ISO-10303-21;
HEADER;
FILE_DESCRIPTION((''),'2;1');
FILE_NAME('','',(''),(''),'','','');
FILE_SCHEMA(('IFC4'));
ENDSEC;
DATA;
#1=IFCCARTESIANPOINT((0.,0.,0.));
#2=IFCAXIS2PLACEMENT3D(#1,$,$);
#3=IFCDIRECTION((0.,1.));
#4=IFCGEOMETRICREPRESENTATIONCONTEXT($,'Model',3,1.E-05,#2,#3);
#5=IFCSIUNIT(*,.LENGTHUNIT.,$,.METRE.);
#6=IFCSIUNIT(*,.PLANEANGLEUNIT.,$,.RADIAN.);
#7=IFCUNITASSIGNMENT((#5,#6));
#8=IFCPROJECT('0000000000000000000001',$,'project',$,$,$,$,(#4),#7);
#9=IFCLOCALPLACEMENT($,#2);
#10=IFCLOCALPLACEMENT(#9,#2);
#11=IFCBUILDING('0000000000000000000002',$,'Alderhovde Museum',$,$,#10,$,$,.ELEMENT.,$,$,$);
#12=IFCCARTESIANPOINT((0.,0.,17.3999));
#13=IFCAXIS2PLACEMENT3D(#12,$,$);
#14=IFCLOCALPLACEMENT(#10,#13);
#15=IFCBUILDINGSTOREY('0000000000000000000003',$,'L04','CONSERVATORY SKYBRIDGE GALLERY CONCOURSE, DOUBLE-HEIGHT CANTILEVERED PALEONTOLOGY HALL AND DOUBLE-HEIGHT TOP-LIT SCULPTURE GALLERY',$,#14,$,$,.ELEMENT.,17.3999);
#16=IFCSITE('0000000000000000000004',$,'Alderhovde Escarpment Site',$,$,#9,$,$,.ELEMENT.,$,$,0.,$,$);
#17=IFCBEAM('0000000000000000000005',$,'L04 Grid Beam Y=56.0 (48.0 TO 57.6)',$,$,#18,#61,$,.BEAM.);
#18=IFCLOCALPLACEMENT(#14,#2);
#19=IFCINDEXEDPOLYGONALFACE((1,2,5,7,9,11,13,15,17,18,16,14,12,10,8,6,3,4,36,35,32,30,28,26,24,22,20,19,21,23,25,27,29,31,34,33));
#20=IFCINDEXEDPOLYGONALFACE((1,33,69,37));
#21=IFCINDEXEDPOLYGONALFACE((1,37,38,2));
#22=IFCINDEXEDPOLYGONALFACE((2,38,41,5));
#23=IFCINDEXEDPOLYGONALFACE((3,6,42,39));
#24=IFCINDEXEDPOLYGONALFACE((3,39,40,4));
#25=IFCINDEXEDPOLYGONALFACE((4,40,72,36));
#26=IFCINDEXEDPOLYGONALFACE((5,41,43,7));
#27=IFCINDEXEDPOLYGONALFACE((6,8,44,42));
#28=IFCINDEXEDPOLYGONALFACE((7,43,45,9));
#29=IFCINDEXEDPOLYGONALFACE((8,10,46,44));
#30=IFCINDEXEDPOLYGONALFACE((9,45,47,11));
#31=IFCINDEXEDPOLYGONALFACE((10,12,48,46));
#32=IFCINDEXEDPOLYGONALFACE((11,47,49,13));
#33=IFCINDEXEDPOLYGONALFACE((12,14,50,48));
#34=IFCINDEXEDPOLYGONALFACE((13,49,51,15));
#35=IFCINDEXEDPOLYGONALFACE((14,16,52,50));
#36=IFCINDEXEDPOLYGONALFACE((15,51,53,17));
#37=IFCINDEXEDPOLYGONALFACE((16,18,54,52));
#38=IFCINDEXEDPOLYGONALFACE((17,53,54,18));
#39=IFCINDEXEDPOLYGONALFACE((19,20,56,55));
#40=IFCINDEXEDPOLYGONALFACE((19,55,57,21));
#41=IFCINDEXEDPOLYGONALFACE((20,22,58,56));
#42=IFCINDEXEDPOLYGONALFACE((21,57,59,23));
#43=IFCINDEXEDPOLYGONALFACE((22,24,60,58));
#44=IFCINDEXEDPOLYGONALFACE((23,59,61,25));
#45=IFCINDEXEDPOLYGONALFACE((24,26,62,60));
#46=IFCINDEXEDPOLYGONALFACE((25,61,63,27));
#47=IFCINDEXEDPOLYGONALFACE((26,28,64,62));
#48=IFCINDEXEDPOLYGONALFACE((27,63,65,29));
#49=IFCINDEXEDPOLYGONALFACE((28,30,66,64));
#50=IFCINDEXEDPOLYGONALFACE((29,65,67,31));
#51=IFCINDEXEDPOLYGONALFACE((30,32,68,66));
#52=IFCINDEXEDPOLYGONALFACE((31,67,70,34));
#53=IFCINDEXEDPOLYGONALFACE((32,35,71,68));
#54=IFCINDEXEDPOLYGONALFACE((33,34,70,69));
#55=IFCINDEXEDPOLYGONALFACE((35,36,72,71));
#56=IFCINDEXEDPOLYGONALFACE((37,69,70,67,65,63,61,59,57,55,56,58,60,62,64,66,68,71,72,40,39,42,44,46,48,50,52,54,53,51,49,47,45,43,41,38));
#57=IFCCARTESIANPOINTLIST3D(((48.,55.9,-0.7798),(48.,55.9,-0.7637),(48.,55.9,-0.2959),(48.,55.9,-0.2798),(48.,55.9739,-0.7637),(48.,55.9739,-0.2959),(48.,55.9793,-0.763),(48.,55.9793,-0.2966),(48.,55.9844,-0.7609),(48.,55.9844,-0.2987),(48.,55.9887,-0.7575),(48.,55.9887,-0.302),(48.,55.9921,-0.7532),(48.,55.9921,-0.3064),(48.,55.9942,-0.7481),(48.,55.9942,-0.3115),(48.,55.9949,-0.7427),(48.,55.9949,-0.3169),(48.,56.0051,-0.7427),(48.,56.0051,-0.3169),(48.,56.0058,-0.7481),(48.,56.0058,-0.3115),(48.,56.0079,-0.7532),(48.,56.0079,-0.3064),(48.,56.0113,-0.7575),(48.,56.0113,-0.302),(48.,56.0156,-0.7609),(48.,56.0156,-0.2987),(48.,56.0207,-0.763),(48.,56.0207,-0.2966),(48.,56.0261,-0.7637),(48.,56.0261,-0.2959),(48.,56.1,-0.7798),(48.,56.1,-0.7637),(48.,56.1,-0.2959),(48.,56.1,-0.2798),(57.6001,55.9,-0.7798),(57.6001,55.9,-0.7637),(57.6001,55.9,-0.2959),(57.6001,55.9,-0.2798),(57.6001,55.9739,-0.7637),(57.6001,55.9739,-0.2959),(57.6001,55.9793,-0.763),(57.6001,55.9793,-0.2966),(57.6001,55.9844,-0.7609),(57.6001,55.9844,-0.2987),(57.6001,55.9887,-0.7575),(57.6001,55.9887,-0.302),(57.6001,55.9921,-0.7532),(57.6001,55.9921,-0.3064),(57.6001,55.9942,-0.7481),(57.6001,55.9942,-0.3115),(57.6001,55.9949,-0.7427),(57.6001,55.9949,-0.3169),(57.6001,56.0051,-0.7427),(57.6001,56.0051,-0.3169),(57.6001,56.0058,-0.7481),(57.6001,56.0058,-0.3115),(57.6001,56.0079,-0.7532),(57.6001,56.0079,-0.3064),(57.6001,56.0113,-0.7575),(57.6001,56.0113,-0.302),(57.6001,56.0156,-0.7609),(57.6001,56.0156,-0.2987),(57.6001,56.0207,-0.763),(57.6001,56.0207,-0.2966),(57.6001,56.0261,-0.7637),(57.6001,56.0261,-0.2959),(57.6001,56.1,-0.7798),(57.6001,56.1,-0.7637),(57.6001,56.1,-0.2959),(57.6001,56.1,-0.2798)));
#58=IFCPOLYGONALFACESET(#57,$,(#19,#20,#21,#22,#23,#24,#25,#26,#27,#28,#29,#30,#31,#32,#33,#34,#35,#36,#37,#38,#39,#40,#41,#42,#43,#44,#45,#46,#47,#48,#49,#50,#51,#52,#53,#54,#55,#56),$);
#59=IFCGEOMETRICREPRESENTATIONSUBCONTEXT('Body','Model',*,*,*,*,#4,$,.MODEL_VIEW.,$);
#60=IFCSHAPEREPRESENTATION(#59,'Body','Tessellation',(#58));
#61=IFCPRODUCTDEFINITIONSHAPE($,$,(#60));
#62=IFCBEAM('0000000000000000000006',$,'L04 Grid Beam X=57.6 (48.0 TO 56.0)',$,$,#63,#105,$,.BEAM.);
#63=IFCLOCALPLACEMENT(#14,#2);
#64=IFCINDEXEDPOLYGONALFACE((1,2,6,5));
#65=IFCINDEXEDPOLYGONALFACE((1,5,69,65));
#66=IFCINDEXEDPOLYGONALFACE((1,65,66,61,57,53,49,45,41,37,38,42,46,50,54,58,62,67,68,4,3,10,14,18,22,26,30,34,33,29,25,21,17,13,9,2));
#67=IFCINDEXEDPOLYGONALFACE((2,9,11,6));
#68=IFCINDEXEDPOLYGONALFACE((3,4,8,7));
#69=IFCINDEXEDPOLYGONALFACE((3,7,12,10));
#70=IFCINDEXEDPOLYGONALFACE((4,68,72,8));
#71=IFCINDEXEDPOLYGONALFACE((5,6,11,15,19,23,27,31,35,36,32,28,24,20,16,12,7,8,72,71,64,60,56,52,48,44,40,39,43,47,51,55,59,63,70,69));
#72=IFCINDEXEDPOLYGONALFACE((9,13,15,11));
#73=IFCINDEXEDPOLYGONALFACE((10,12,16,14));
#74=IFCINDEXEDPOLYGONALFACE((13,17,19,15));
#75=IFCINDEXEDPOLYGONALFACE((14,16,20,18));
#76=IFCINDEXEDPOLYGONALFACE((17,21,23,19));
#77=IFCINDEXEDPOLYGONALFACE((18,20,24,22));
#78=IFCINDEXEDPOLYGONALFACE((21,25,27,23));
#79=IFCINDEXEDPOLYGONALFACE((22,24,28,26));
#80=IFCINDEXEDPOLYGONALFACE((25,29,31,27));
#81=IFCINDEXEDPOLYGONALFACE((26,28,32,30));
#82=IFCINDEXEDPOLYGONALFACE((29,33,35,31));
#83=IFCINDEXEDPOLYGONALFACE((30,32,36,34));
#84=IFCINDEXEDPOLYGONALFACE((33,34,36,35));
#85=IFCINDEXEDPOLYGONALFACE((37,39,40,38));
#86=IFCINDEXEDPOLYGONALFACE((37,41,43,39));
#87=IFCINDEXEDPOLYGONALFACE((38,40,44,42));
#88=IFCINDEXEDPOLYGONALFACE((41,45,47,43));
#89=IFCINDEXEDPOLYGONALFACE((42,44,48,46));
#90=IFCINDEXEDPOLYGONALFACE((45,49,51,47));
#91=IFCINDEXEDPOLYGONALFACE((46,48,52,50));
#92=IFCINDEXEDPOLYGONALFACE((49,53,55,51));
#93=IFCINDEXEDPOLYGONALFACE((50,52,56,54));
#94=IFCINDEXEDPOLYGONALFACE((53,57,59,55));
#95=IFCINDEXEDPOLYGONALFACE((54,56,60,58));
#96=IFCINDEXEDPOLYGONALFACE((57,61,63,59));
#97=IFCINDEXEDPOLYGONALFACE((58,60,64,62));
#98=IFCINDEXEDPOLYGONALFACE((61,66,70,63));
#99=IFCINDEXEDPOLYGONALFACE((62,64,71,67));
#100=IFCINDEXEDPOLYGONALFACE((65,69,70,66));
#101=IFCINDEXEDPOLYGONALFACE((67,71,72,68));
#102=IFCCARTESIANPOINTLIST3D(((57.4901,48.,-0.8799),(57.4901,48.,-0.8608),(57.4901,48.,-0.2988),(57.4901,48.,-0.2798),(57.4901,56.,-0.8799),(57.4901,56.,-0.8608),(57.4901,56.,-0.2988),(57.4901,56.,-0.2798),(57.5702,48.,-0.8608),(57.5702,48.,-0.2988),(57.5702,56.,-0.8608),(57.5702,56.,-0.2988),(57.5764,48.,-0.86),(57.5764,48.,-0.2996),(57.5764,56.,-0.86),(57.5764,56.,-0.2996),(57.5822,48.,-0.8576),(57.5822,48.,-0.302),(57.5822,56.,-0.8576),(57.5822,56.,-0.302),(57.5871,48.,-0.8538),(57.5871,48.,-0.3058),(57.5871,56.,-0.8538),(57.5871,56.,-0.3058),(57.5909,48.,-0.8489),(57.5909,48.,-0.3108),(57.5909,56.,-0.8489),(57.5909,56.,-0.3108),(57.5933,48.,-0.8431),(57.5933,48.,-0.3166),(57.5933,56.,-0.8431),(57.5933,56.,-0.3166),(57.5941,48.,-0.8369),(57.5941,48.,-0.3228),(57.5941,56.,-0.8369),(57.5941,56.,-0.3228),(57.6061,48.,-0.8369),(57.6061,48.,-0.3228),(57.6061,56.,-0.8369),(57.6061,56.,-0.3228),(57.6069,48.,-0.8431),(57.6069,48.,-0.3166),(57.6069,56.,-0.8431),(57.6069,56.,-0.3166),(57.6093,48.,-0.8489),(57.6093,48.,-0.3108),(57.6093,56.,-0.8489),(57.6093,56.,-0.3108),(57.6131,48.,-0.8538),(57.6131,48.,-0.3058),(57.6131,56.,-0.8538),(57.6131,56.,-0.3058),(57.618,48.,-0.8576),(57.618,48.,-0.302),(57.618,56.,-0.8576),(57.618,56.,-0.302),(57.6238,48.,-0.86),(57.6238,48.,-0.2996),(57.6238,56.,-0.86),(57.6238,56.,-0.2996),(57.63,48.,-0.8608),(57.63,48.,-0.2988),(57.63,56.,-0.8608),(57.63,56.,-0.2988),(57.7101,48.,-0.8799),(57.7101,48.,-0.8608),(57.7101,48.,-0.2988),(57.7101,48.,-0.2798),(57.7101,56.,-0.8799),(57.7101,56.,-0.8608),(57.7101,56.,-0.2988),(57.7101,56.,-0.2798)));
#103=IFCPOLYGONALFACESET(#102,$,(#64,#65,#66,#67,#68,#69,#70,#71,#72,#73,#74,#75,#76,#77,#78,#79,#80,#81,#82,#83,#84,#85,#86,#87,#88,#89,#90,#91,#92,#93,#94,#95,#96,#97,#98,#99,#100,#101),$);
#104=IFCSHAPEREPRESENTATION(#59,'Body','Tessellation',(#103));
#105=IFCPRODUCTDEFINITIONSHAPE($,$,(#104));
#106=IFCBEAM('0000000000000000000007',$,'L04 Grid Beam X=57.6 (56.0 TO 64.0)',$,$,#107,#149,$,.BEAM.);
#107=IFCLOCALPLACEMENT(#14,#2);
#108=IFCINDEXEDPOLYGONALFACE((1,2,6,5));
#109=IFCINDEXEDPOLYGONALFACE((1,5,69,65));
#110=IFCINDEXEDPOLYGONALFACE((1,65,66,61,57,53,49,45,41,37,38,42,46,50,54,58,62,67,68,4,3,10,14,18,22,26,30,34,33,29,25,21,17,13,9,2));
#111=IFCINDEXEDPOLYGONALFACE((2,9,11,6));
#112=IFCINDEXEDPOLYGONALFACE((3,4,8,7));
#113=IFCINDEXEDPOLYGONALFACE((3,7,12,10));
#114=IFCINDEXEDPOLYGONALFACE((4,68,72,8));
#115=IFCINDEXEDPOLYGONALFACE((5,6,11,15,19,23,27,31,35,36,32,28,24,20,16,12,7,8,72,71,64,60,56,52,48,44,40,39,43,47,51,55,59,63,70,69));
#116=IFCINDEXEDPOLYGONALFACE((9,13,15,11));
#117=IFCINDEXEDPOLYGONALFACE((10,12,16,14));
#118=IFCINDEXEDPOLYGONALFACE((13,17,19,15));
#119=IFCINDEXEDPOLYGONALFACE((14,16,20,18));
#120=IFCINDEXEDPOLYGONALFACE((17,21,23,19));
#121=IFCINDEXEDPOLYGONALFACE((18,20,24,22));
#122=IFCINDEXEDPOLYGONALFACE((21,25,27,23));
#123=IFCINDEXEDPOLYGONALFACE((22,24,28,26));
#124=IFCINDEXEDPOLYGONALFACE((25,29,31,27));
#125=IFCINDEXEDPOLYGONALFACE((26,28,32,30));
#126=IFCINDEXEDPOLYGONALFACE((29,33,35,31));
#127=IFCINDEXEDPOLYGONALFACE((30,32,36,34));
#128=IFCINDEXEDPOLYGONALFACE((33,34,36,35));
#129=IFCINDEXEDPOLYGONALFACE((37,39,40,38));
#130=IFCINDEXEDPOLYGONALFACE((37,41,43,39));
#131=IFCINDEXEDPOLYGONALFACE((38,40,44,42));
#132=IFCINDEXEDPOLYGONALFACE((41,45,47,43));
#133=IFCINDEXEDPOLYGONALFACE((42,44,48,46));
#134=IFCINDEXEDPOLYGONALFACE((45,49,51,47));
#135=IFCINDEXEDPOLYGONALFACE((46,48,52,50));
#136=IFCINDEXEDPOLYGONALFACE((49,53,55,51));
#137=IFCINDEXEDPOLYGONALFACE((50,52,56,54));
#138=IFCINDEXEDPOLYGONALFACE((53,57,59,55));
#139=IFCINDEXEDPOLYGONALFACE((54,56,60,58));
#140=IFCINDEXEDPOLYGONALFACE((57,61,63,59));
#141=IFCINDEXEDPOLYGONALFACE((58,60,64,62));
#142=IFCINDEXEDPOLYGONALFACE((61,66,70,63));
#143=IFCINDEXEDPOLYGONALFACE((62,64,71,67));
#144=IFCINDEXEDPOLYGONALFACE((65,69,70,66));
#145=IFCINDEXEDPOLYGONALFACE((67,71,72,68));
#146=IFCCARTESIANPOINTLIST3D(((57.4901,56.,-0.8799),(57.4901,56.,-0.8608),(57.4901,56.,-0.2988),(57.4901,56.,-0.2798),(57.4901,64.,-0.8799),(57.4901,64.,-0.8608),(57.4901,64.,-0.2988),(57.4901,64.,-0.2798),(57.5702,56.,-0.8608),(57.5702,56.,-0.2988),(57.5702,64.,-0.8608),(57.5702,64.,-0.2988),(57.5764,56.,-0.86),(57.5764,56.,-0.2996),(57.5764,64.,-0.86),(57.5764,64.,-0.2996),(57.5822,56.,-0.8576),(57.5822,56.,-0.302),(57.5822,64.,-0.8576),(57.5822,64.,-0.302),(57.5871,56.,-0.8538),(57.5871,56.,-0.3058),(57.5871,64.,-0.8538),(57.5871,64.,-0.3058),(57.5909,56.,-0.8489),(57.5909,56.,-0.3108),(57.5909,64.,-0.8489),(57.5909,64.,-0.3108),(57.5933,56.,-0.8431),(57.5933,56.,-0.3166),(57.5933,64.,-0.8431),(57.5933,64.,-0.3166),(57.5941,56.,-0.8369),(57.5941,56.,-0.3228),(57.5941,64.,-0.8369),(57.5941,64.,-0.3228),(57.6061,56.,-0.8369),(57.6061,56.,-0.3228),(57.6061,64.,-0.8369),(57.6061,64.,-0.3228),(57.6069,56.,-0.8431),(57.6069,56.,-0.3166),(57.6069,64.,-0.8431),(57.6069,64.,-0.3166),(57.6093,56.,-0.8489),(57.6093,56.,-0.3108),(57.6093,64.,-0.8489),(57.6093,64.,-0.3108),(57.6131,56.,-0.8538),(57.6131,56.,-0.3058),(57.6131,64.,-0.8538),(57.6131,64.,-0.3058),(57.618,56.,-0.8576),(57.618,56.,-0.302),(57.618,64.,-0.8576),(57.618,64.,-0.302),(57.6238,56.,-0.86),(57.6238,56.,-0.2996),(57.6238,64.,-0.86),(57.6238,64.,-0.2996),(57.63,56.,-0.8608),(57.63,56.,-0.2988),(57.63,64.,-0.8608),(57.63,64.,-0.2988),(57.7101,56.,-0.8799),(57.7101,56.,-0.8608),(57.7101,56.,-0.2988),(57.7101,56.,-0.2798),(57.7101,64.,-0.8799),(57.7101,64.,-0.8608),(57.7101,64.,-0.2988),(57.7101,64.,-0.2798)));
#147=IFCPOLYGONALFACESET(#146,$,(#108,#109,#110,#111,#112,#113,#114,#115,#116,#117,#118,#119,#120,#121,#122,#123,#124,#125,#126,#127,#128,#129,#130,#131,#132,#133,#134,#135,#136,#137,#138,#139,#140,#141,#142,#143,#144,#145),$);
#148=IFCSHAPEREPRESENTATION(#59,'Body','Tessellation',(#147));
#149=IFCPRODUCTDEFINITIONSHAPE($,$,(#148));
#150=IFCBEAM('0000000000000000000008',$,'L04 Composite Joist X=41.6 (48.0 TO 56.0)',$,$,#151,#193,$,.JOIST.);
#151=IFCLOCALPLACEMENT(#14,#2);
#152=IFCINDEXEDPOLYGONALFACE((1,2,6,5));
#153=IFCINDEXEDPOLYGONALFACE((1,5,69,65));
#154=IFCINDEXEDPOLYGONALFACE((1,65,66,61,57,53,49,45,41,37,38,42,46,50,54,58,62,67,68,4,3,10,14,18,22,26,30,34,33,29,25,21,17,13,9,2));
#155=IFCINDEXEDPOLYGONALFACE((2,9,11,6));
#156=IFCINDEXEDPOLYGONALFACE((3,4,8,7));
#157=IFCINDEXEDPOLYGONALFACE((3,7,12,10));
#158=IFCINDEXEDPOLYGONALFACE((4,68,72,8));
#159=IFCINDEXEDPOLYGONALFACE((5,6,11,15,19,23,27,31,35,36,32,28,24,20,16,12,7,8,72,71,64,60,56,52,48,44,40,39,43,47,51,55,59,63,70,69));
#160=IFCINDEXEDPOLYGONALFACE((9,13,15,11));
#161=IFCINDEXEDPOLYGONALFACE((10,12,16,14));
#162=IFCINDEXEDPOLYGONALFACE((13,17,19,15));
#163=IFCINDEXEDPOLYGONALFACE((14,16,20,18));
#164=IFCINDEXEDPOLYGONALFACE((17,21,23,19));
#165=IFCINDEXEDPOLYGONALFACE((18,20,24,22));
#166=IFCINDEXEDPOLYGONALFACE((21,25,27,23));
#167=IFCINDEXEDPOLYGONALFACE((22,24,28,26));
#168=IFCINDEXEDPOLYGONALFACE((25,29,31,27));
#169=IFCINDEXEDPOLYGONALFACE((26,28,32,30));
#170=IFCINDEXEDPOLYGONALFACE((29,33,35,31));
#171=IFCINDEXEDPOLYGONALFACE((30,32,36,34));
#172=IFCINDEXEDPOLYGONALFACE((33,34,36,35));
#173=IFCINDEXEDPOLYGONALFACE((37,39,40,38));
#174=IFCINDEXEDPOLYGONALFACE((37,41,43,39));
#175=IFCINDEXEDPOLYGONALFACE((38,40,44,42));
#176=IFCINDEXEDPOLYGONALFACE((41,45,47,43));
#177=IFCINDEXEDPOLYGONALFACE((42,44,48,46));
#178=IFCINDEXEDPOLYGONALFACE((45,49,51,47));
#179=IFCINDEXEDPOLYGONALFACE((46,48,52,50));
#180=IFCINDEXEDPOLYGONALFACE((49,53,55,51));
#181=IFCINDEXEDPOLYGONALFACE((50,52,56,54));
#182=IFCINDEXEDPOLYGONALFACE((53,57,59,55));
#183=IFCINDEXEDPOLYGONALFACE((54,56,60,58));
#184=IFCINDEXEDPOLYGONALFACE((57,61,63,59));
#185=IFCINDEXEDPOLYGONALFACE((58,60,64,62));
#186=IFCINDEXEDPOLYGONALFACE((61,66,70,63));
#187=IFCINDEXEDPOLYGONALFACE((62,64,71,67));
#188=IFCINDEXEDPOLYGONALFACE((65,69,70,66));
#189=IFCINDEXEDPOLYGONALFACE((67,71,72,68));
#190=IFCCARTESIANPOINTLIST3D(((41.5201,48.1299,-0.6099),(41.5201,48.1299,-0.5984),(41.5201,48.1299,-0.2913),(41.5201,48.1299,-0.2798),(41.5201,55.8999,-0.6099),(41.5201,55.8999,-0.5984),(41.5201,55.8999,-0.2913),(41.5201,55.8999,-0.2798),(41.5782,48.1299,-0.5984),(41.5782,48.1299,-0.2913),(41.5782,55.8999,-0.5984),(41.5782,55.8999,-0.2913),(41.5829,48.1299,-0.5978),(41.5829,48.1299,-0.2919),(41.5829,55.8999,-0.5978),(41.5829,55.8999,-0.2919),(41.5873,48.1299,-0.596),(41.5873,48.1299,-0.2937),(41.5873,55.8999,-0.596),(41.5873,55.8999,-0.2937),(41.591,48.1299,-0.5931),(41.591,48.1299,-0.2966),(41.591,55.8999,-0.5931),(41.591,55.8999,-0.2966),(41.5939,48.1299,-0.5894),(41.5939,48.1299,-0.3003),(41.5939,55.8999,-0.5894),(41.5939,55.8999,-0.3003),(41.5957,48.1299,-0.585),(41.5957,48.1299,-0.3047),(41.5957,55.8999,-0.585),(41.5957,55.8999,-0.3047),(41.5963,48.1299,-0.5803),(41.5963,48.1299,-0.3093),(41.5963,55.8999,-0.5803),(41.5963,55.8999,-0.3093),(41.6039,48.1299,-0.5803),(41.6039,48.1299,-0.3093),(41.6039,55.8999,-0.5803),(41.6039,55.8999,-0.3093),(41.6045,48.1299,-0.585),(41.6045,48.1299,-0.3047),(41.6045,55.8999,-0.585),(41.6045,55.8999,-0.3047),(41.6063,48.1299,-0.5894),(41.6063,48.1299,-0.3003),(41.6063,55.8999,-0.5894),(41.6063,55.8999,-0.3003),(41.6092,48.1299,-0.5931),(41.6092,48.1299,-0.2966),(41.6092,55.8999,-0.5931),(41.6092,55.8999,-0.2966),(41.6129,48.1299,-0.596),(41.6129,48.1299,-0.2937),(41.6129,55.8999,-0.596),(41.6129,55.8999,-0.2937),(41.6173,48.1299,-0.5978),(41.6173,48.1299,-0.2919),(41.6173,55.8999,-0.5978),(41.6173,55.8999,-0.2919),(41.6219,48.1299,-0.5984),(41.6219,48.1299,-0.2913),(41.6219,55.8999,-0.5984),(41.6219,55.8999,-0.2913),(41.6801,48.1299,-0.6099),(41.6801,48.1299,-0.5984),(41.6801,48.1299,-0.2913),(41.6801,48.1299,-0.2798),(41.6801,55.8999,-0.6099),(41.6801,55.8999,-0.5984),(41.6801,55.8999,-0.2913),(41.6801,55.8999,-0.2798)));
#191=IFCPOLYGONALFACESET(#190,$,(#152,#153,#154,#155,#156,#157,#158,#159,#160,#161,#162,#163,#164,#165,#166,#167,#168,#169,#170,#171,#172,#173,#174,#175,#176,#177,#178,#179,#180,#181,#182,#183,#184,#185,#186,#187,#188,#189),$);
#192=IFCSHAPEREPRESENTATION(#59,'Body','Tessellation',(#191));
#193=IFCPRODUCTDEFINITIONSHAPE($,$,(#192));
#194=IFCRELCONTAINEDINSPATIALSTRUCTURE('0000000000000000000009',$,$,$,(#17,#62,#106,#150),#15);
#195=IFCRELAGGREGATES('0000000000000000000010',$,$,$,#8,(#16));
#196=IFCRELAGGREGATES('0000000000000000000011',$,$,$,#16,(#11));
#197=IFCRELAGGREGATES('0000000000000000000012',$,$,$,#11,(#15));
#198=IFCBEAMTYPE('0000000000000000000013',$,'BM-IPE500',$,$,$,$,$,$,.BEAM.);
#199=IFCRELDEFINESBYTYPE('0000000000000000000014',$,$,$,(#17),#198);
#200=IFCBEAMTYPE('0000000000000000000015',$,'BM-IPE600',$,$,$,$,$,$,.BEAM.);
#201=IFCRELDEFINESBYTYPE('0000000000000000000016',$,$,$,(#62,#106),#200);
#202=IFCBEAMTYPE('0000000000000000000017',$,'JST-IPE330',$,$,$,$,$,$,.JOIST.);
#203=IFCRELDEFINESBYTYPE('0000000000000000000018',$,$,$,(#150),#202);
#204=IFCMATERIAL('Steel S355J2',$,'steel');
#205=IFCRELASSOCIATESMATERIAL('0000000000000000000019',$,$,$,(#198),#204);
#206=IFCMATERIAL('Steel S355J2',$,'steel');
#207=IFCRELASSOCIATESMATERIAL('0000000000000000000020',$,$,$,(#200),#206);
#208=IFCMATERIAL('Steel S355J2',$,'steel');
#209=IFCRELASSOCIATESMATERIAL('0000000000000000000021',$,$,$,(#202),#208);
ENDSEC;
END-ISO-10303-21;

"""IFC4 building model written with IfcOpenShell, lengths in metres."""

from ifc_helpers import new_model, si_unit, direction, frame, origin, origin_2d, place, context, subcontext, project, spatial, i_section, extrude, material, material_profile, profile_set, type_object, element, save


model = new_model("IFC4")

# Units and contexts
model_context = context("Model", 3, precision=1e-05, world=origin(), true_north=direction((0.0, 1.0)))
body_context = subcontext(model_context, "Body", "Model", "MODEL_VIEW")
ifc_project = project(units=[si_unit("LENGTHUNIT", "METRE"), si_unit("PLANEANGLEUNIT", "RADIAN")], contexts=[model_context])

# Site, building, storey
site_placement = place(None, origin())
site = spatial("IfcSite", under=ifc_project, at=site_placement, Name="Alderhovde Escarpment Site", CompositionType="ELEMENT", RefElevation=0.0)
building_placement = place(site_placement, origin())
building = spatial("IfcBuilding", under=site, at=building_placement, Name="Alderhovde Museum", CompositionType="ELEMENT")
storey_placement = place(building_placement, frame((0.0, 0.0, 17.3999)))
storey = spatial("IfcBuildingStorey", under=building, at=storey_placement, Name="L04", Description="CONSERVATORY SKYBRIDGE GALLERY CONCOURSE, DOUBLE-HEIGHT CANTILEVERED PALEONTOLOGY HALL AND DOUBLE-HEIGHT TOP-LIT SCULPTURE GALLERY", CompositionType="ELEMENT", Elevation=17.3999)

# Beams
ifc_material_1 = material(Name="Steel S355J2", Category="steel")
ifc_material_profile_1 = material_profile(ifc_material_1, i_section(OverallWidth=0.2, OverallDepth=0.5, WebThickness=0.0103, FlangeThickness=0.0161, FilletRadius=0.021, at=origin_2d()), Name="IPE 500")
ifc_profile_set_1 = profile_set([ifc_material_profile_1], Name="Steel S355J2")
beam_type_1 = type_object("IfcBeamType", Name="BM-IPE500", PredefinedType="BEAM", material=ifc_profile_set_1)
beam_1_placement = place(storey_placement, frame((48.0, 56.0, -0.5298), z_axis=(1.0, 0.0, 0.0), x_axis=(0.0, 1.0, 0.0)))
element("IfcBeam", 1, at=beam_1_placement, inside=storey, type_object=beam_type_1, Name="L04 Grid Beam Y=56.0 (48.0 TO 57.6)", PredefinedType="BEAM", context=body_context, shape_type="SweptSolid", body=[
    extrude(i_section(OverallWidth=0.2, OverallDepth=0.5, WebThickness=0.0103, FlangeThickness=0.0161, FilletRadius=0.021, at=origin_2d()), origin(), (0.0, 0.0, 1.0), 9.6001),
])
ifc_material_2 = material(Name="Steel S355J2", Category="steel")
ifc_material_profile_2 = material_profile(ifc_material_2, i_section(OverallWidth=0.22, OverallDepth=0.6001, WebThickness=0.012, FlangeThickness=0.019, FilletRadius=0.0239, at=origin_2d()), Name="IPE 600")
ifc_profile_set_2 = profile_set([ifc_material_profile_2], Name="Steel S355J2")
beam_type_2 = type_object("IfcBeamType", Name="BM-IPE600", PredefinedType="BEAM", material=ifc_profile_set_2)
for number, where, z_axis, x_axis, name in (
    (2, (57.6001, 48.0, -0.5798), (0.0, 1.0, 0.0), (-1.0, 0.0, 0.0), "L04 Grid Beam X=57.6 (48.0 TO 56.0)"),
    (3, (57.6001, 56.0, -0.5798), (0.0, 1.0, 0.0), (-1.0, 0.0, 0.0), "L04 Grid Beam X=57.6 (56.0 TO 64.0)"),
):
    element("IfcBeam", number, at=place(storey_placement, frame(where, z_axis=z_axis, x_axis=x_axis)), inside=storey, type_object=beam_type_2, Name=name, PredefinedType="BEAM", context=body_context, shape_type="SweptSolid", body=[
        extrude(i_section(OverallWidth=0.22, OverallDepth=0.6001, WebThickness=0.012, FlangeThickness=0.019, FilletRadius=0.0239, at=origin_2d()), origin(), (0.0, 0.0, 1.0), 8.0),
    ])
ifc_material_3 = material(Name="Steel S355J2", Category="steel")
ifc_material_profile_3 = material_profile(ifc_material_3, i_section(OverallWidth=0.1599, OverallDepth=0.3301, WebThickness=0.0076, FlangeThickness=0.0115, FilletRadius=0.0181, at=origin_2d()), Name="IPE 330")
ifc_profile_set_3 = profile_set([ifc_material_profile_3], Name="Steel S355J2")
beam_type_3 = type_object("IfcBeamType", Name="JST-IPE330", PredefinedType="JOIST", material=ifc_profile_set_3)
for number, where, z_axis, x_axis, name in (
    (4, (41.6001, 48.1299, -0.4448), (0.0, 1.0, 0.0), (-1.0, 0.0, 0.0), "L04 Composite Joist X=41.6 (48.0 TO 56.0)"),
):
    element("IfcBeam", number, at=place(storey_placement, frame(where, z_axis=z_axis, x_axis=x_axis)), inside=storey, type_object=beam_type_3, Name=name, PredefinedType="JOIST", context=body_context, shape_type="SweptSolid", body=[
        extrude(i_section(OverallWidth=0.1599, OverallDepth=0.3301, WebThickness=0.0076, FlangeThickness=0.0115, FilletRadius=0.0181, at=origin_2d()), origin(), (0.0, 0.0, 1.0), 7.77),
    ])

save(model, "model.ifc")
